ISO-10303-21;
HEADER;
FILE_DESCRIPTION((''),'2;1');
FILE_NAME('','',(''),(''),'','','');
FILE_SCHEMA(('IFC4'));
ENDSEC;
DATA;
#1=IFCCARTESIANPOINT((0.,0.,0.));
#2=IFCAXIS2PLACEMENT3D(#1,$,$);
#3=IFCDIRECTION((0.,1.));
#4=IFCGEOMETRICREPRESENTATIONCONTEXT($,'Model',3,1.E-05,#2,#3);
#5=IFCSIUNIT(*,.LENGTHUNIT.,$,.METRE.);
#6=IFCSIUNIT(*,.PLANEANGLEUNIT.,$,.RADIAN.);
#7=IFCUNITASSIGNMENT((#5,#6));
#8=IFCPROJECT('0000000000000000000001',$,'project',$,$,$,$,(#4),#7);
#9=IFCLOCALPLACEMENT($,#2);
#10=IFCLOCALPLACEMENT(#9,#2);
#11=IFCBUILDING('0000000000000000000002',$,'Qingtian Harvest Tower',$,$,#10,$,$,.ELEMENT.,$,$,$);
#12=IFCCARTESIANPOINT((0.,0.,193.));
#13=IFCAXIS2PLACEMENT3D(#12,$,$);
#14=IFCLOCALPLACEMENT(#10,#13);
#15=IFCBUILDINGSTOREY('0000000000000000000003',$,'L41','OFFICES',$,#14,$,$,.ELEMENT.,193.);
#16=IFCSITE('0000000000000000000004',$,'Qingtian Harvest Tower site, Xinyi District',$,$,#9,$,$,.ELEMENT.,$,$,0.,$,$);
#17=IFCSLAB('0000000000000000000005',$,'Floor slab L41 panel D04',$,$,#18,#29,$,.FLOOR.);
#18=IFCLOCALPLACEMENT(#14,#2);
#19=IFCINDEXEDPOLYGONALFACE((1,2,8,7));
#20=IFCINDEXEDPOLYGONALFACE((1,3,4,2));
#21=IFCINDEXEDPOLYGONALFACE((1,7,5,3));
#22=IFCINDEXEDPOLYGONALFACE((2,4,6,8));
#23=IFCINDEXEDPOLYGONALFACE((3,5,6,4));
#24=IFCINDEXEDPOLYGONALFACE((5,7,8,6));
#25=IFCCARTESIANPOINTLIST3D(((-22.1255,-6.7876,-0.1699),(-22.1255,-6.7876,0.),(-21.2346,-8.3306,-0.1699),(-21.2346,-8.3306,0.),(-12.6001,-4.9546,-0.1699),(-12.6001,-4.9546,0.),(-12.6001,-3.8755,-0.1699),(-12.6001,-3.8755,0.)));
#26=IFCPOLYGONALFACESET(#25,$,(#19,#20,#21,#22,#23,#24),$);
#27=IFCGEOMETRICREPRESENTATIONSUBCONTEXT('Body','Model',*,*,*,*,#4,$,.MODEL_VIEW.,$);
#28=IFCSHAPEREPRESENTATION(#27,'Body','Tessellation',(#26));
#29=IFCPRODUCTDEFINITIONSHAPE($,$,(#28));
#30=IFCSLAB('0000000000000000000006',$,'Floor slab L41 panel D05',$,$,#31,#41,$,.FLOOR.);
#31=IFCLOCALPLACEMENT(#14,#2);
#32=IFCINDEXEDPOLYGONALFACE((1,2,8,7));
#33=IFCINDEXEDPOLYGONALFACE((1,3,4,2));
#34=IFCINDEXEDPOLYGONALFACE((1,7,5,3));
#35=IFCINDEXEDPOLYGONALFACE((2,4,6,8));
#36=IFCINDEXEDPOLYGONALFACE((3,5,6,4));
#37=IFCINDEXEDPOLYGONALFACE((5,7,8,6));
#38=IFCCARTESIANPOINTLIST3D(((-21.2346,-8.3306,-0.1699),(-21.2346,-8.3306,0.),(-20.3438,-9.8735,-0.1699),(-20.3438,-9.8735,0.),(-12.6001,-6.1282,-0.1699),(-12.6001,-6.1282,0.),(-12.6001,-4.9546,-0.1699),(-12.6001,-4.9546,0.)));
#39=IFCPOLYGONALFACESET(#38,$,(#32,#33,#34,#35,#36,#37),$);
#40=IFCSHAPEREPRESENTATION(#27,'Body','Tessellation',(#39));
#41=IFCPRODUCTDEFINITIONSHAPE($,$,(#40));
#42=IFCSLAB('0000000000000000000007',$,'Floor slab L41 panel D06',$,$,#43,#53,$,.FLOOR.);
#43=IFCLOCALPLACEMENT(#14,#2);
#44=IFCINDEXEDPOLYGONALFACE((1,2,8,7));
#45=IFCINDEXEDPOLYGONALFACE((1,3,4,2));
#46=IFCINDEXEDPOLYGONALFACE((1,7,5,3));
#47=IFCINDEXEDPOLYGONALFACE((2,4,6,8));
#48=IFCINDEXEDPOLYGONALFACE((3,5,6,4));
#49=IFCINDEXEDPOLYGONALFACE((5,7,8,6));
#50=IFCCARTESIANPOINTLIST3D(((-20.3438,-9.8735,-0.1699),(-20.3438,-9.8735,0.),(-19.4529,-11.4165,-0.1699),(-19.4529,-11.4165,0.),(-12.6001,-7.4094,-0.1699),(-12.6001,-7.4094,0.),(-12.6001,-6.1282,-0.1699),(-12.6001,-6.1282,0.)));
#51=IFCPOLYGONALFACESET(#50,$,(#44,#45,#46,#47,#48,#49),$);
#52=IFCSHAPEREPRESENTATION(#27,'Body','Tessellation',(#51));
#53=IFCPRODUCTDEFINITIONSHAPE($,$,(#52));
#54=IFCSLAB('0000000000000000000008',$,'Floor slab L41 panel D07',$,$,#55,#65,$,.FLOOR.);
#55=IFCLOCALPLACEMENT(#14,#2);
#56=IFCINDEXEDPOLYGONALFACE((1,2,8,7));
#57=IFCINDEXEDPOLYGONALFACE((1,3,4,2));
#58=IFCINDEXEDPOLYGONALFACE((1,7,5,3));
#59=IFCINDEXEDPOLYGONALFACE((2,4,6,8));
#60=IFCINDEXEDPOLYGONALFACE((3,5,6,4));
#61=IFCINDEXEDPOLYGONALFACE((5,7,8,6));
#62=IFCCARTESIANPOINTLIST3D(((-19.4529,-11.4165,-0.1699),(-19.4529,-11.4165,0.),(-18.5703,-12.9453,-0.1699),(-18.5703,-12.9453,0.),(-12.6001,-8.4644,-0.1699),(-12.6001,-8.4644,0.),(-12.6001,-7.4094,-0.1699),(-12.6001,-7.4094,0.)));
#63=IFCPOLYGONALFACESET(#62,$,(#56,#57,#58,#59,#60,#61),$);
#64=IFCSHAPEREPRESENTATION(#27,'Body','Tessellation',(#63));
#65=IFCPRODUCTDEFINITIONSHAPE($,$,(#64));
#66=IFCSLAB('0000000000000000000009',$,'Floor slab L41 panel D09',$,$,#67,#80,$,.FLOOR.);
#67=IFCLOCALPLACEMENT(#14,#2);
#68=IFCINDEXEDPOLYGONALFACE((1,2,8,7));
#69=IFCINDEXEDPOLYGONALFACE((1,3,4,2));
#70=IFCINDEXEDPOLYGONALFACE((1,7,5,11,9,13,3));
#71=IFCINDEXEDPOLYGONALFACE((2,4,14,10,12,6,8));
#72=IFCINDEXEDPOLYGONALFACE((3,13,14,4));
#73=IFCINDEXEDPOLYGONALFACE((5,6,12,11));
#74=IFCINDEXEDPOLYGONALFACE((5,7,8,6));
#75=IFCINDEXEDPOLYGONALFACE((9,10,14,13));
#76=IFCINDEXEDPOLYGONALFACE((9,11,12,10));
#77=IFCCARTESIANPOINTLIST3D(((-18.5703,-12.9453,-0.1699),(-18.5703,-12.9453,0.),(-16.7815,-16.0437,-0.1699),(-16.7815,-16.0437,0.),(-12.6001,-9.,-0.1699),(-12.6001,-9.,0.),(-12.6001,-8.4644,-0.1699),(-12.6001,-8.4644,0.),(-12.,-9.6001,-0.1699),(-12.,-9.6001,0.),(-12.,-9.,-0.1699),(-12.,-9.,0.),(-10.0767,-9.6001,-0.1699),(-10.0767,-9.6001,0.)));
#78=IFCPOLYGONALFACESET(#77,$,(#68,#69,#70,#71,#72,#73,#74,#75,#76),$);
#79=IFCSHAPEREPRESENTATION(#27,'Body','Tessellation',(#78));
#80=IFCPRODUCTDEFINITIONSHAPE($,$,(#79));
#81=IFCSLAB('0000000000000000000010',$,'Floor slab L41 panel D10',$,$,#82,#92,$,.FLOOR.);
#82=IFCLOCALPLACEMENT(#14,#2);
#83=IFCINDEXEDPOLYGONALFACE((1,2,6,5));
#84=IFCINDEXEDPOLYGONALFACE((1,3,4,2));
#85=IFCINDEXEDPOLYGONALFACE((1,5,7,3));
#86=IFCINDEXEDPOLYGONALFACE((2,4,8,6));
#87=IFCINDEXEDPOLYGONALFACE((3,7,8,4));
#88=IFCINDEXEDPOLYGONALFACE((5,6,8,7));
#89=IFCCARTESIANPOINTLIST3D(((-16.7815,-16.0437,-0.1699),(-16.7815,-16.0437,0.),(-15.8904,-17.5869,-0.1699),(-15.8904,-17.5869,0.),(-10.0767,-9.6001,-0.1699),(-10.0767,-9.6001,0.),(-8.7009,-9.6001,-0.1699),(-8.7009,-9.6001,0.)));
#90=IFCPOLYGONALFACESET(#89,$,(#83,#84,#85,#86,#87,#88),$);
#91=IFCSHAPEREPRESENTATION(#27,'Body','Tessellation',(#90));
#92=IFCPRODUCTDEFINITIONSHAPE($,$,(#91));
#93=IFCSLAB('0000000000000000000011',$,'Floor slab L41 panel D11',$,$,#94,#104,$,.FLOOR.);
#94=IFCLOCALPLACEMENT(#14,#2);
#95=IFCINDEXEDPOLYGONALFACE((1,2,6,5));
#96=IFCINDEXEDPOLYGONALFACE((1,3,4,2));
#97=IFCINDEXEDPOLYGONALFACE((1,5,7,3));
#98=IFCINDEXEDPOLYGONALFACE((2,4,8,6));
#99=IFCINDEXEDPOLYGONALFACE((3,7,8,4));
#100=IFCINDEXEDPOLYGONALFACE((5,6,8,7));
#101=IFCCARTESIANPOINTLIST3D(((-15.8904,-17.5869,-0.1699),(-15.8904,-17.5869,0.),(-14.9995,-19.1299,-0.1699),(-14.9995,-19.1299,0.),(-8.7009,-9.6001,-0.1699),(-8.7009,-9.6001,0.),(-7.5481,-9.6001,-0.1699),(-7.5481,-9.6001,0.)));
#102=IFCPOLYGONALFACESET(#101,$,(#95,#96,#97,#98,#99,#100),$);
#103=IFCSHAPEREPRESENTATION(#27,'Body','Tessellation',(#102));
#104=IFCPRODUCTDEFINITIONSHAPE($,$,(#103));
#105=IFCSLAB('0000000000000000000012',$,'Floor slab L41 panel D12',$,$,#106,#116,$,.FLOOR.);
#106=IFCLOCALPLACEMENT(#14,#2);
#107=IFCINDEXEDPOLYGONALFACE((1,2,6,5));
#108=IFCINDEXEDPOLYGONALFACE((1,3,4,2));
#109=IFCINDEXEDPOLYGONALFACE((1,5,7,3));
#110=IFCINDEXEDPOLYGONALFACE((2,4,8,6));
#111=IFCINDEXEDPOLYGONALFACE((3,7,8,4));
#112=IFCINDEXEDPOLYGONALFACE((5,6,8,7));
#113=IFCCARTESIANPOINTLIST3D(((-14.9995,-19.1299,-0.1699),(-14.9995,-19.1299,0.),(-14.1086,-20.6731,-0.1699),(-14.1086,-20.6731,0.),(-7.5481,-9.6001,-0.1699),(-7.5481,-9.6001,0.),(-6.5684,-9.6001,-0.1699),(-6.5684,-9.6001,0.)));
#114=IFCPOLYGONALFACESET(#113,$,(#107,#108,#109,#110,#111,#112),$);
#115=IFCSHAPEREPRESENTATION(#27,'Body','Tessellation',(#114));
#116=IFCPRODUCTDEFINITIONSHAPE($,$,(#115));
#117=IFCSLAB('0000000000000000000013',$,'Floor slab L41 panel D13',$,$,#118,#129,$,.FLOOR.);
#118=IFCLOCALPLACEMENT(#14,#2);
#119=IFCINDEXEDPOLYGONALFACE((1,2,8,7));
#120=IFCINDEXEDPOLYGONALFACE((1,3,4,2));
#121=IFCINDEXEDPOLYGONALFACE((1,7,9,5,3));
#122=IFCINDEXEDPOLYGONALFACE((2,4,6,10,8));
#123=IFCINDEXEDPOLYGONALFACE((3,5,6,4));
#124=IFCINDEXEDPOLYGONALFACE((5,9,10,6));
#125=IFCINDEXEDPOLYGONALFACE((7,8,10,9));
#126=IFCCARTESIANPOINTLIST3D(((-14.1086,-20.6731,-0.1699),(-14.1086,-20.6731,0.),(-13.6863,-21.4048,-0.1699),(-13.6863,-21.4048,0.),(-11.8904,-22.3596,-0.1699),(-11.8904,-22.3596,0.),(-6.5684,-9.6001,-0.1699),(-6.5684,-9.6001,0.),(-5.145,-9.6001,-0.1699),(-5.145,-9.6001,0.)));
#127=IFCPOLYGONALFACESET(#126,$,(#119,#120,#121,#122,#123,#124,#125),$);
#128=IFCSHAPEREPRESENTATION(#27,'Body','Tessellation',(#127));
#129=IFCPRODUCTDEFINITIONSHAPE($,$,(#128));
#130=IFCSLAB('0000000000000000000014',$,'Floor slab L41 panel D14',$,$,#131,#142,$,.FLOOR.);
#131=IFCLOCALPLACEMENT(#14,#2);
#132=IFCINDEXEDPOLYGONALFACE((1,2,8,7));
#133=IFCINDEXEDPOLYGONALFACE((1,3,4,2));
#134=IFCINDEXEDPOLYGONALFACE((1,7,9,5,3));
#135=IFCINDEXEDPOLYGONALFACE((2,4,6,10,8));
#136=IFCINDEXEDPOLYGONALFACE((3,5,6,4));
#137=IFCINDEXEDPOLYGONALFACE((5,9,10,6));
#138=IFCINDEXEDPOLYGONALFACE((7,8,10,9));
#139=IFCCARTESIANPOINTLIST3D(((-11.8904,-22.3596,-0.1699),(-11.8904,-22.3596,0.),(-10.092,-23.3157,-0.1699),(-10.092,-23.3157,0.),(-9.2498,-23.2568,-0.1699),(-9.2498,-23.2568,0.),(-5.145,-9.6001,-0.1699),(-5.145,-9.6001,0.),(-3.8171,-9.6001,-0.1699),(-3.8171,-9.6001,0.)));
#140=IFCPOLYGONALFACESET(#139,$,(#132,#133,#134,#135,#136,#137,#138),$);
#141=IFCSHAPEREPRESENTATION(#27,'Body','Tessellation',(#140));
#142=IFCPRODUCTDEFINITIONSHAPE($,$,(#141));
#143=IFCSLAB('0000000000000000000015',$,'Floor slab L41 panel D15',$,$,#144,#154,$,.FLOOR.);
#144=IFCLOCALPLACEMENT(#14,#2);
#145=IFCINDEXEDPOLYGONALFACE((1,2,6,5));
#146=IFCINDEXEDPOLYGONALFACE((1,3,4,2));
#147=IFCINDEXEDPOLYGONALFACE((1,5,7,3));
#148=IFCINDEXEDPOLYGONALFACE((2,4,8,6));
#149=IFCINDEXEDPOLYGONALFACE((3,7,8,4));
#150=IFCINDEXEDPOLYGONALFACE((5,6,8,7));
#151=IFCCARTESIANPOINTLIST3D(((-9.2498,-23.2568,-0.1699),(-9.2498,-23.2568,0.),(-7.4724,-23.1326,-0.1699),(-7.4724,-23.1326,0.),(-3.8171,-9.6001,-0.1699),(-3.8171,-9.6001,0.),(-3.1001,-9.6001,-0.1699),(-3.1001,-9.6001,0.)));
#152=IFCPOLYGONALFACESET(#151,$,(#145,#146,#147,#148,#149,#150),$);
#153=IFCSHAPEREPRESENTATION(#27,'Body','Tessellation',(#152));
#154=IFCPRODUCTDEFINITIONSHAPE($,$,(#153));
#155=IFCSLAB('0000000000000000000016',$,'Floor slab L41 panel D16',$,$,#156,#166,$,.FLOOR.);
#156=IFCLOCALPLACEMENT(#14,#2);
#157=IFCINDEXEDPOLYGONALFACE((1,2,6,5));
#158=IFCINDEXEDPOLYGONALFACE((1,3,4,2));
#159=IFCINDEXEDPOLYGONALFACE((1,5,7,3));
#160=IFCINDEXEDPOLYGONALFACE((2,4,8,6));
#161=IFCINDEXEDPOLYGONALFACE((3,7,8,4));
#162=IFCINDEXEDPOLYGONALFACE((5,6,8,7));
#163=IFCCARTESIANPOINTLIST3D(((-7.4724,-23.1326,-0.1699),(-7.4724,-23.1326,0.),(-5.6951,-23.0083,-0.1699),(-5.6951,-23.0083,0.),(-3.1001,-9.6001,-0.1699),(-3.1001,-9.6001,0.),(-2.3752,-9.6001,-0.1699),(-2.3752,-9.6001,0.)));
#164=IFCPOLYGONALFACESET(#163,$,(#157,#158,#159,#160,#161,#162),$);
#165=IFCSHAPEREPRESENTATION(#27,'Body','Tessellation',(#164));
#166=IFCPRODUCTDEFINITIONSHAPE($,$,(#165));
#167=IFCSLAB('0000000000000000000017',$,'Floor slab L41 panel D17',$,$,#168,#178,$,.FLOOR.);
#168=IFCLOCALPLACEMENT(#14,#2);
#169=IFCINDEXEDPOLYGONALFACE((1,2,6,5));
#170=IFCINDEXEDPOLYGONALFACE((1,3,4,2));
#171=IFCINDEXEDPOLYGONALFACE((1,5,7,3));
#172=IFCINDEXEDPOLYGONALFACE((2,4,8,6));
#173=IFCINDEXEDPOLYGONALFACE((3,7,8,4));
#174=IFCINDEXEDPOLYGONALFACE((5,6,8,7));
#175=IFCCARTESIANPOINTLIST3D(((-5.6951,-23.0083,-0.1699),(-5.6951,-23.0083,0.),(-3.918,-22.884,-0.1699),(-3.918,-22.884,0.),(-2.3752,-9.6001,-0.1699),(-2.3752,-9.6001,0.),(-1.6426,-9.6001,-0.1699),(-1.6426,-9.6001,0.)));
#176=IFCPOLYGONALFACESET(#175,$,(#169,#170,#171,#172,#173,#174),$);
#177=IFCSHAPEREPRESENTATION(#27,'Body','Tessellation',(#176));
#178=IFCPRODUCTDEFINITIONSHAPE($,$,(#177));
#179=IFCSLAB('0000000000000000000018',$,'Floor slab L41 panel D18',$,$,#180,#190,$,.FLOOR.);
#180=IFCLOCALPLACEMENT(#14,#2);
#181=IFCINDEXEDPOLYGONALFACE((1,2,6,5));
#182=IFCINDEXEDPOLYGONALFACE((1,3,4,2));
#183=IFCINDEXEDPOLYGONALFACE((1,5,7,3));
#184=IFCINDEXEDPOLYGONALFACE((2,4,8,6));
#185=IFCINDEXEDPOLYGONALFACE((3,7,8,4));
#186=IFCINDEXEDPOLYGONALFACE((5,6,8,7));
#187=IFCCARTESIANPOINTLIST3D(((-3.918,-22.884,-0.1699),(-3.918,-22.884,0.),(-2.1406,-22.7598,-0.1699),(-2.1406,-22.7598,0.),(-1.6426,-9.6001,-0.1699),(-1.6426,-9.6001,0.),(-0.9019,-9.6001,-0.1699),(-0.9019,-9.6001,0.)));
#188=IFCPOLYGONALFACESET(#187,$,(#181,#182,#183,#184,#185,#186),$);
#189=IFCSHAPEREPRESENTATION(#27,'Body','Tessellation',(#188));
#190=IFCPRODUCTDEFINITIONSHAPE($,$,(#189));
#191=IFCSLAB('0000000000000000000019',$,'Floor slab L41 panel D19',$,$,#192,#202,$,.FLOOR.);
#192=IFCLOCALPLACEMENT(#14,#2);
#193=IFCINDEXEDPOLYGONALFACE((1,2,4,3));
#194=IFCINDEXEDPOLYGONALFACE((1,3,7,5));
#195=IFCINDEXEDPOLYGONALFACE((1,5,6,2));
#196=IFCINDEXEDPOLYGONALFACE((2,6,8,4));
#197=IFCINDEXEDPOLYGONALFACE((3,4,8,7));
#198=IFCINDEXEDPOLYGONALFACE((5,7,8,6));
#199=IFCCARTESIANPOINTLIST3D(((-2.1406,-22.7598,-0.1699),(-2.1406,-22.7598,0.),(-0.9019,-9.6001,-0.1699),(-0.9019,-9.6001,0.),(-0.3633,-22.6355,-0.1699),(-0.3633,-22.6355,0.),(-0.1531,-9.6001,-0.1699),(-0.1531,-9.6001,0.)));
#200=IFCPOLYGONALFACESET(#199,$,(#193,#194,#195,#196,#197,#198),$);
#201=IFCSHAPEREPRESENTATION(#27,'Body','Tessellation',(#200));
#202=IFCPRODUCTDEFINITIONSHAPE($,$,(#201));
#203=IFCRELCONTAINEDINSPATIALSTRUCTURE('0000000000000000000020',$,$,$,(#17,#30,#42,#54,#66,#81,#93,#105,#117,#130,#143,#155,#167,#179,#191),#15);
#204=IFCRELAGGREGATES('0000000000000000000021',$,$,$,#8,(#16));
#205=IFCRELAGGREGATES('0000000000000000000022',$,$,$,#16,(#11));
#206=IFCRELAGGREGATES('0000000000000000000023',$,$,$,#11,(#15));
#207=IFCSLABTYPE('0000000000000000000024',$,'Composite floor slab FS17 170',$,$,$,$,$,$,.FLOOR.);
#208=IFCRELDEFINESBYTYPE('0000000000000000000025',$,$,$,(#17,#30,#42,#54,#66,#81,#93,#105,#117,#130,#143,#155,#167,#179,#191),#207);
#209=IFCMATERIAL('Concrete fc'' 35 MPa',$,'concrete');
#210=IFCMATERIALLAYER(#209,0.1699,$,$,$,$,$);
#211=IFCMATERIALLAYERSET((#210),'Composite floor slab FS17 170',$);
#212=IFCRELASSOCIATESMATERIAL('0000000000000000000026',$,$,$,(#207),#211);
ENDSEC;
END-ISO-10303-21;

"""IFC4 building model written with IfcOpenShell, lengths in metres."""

from ifc_helpers import new_model, si_unit, direction, frame, origin, place, context, subcontext, project, spatial, polyline, outline, extrude, material, layer, layer_set, type_object, element, save


model = new_model("IFC4")

# Units and contexts
model_context = context("Model", 3, precision=1e-05, world=origin(), true_north=direction((0.0, 1.0)))
body_context = subcontext(model_context, "Body", "Model", "MODEL_VIEW")
ifc_project = project(units=[si_unit("LENGTHUNIT", "METRE"), si_unit("PLANEANGLEUNIT", "RADIAN")], contexts=[model_context])

# Site, building, storey
site_placement = place(None, origin())
site = spatial("IfcSite", under=ifc_project, at=site_placement, Name="Qingtian Harvest Tower site, Xinyi District", CompositionType="ELEMENT", RefElevation=0.0)
building_placement = place(site_placement, origin())
building = spatial("IfcBuilding", under=site, at=building_placement, Name="Qingtian Harvest Tower", CompositionType="ELEMENT")
storey_placement = place(building_placement, frame((0.0, 0.0, 193.0)))
storey = spatial("IfcBuildingStorey", under=building, at=storey_placement, Name="L41", Description="OFFICES", CompositionType="ELEMENT", Elevation=193.0)

# Slabs
ifc_material = material(Name="Concrete fc' 35 MPa", Category="concrete")
ifc_layer = layer(ifc_material, 0.1699)
ifc_layer_set = layer_set([ifc_layer], Name="Composite floor slab FS17 170")
slab_type = type_object("IfcSlabType", Name="Composite floor slab FS17 170", PredefinedType="FLOOR", material=ifc_layer_set)
slab_1_placement = place(storey_placement, frame((0.0, 0.0, -0.1699)))
element("IfcSlab", 1, at=slab_1_placement, inside=storey, type_object=slab_type, Name="Floor slab L41 panel D04", PredefinedType="FLOOR", context=body_context, shape_type="SweptSolid", body=[
    extrude(outline(polyline([(-12.6001, -4.9546), (-21.2346, -8.3306), (-22.1255, -6.7876), (-12.6001, -3.8755), (-12.6001, -4.9546)])), origin(), (0.0, 0.0, 1.0), 0.1699),
])
slab_2_placement = place(storey_placement, frame((0.0, 0.0, -0.1699)))
element("IfcSlab", 2, at=slab_2_placement, inside=storey, type_object=slab_type, Name="Floor slab L41 panel D05", PredefinedType="FLOOR", context=body_context, shape_type="SweptSolid", body=[
    extrude(outline(polyline([(-12.6001, -6.1282), (-20.3438, -9.8735), (-21.2346, -8.3306), (-12.6001, -4.9546), (-12.6001, -6.1282)])), origin(), (0.0, 0.0, 1.0), 0.1699),
])
slab_3_placement = place(storey_placement, frame((0.0, 0.0, -0.1699)))
element("IfcSlab", 3, at=slab_3_placement, inside=storey, type_object=slab_type, Name="Floor slab L41 panel D06", PredefinedType="FLOOR", context=body_context, shape_type="SweptSolid", body=[
    extrude(outline(polyline([(-12.6001, -7.4094), (-19.4529, -11.4165), (-20.3438, -9.8735), (-12.6001, -6.1282), (-12.6001, -7.4094)])), origin(), (0.0, 0.0, 1.0), 0.1699),
])
slab_4_placement = place(storey_placement, frame((0.0, 0.0, -0.1699)))
element("IfcSlab", 4, at=slab_4_placement, inside=storey, type_object=slab_type, Name="Floor slab L41 panel D07", PredefinedType="FLOOR", context=body_context, shape_type="SweptSolid", body=[
    extrude(outline(polyline([(-12.6001, -8.4644), (-18.5703, -12.9453), (-19.4529, -11.4165), (-12.6001, -7.4094), (-12.6001, -8.4644)])), origin(), (0.0, 0.0, 1.0), 0.1699),
])
slab_5_placement = place(storey_placement, frame((0.0, 0.0, -0.1699)))
element("IfcSlab", 5, at=slab_5_placement, inside=storey, type_object=slab_type, Name="Floor slab L41 panel D09", PredefinedType="FLOOR", context=body_context, shape_type="SweptSolid", body=[
    extrude(outline(polyline([(-16.7815, -16.0437), (-18.5703, -12.9453), (-12.6001, -8.4644), (-12.6001, -9.0), (-12.0, -9.0), (-12.0, -9.6001), (-10.0767, -9.6001), (-16.7815, -16.0437)])), origin(), (0.0, 0.0, 1.0), 0.1699),
])
slab_6_placement = place(storey_placement, frame((0.0, 0.0, -0.1699)))
element("IfcSlab", 6, at=slab_6_placement, inside=storey, type_object=slab_type, Name="Floor slab L41 panel D10", PredefinedType="FLOOR", context=body_context, shape_type="SweptSolid", body=[
    extrude(outline(polyline([(-8.7009, -9.6001), (-15.8904, -17.5869), (-16.7815, -16.0437), (-10.0767, -9.6001), (-8.7009, -9.6001)])), origin(), (0.0, 0.0, 1.0), 0.1699),
])
slab_7_placement = place(storey_placement, frame((0.0, 0.0, -0.1699)))
element("IfcSlab", 7, at=slab_7_placement, inside=storey, type_object=slab_type, Name="Floor slab L41 panel D11", PredefinedType="FLOOR", context=body_context, shape_type="SweptSolid", body=[
    extrude(outline(polyline([(-7.5481, -9.6001), (-14.9995, -19.1299), (-15.8904, -17.5869), (-8.7009, -9.6001), (-7.5481, -9.6001)])), origin(), (0.0, 0.0, 1.0), 0.1699),
])
slab_8_placement = place(storey_placement, frame((0.0, 0.0, -0.1699)))
element("IfcSlab", 8, at=slab_8_placement, inside=storey, type_object=slab_type, Name="Floor slab L41 panel D12", PredefinedType="FLOOR", context=body_context, shape_type="SweptSolid", body=[
    extrude(outline(polyline([(-6.5684, -9.6001), (-14.1086, -20.6731), (-14.9995, -19.1299), (-7.5481, -9.6001), (-6.5684, -9.6001)])), origin(), (0.0, 0.0, 1.0), 0.1699),
])
slab_9_placement = place(storey_placement, frame((0.0, 0.0, -0.1699)))
element("IfcSlab", 9, at=slab_9_placement, inside=storey, type_object=slab_type, Name="Floor slab L41 panel D13", PredefinedType="FLOOR", context=body_context, shape_type="SweptSolid", body=[
    extrude(outline(polyline([(-6.5684, -9.6001), (-5.145, -9.6001), (-11.8904, -22.3596), (-13.6863, -21.4048), (-14.1086, -20.6731), (-6.5684, -9.6001)])), origin(), (0.0, 0.0, 1.0), 0.1699),
])
slab_10_placement = place(storey_placement, frame((0.0, 0.0, -0.1699)))
element("IfcSlab", 10, at=slab_10_placement, inside=storey, type_object=slab_type, Name="Floor slab L41 panel D14", PredefinedType="FLOOR", context=body_context, shape_type="SweptSolid", body=[
    extrude(outline(polyline([(-5.145, -9.6001), (-3.8171, -9.6001), (-9.2498, -23.2568), (-10.092, -23.3157), (-11.8904, -22.3596), (-5.145, -9.6001)])), origin(), (0.0, 0.0, 1.0), 0.1699),
])
slab_11_placement = place(storey_placement, frame((0.0, 0.0, -0.1699)))
element("IfcSlab", 11, at=slab_11_placement, inside=storey, type_object=slab_type, Name="Floor slab L41 panel D15", PredefinedType="FLOOR", context=body_context, shape_type="SweptSolid", body=[
    extrude(outline(polyline([(-3.1001, -9.6001), (-7.4724, -23.1326), (-9.2498, -23.2568), (-3.8171, -9.6001), (-3.1001, -9.6001)])), origin(), (0.0, 0.0, 1.0), 0.1699),
])
slab_12_placement = place(storey_placement, frame((0.0, 0.0, -0.1699)))
element("IfcSlab", 12, at=slab_12_placement, inside=storey, type_object=slab_type, Name="Floor slab L41 panel D16", PredefinedType="FLOOR", context=body_context, shape_type="SweptSolid", body=[
    extrude(outline(polyline([(-2.3752, -9.6001), (-5.6951, -23.0083), (-7.4724, -23.1326), (-3.1001, -9.6001), (-2.3752, -9.6001)])), origin(), (0.0, 0.0, 1.0), 0.1699),
])
slab_13_placement = place(storey_placement, frame((0.0, 0.0, -0.1699)))
element("IfcSlab", 13, at=slab_13_placement, inside=storey, type_object=slab_type, Name="Floor slab L41 panel D17", PredefinedType="FLOOR", context=body_context, shape_type="SweptSolid", body=[
    extrude(outline(polyline([(-1.6426, -9.6001), (-3.918, -22.884), (-5.6951, -23.0083), (-2.3752, -9.6001), (-1.6426, -9.6001)])), origin(), (0.0, 0.0, 1.0), 0.1699),
])
slab_14_placement = place(storey_placement, frame((0.0, 0.0, -0.1699)))
element("IfcSlab", 14, at=slab_14_placement, inside=storey, type_object=slab_type, Name="Floor slab L41 panel D18", PredefinedType="FLOOR", context=body_context, shape_type="SweptSolid", body=[
    extrude(outline(polyline([(-0.9019, -9.6001), (-2.1406, -22.7598), (-3.918, -22.884), (-1.6426, -9.6001), (-0.9019, -9.6001)])), origin(), (0.0, 0.0, 1.0), 0.1699),
])
slab_15_placement = place(storey_placement, frame((0.0, 0.0, -0.1699)))
element("IfcSlab", 15, at=slab_15_placement, inside=storey, type_object=slab_type, Name="Floor slab L41 panel D19", PredefinedType="FLOOR", context=body_context, shape_type="SweptSolid", body=[
    extrude(outline(polyline([(-0.1531, -9.6001), (-0.3633, -22.6355), (-2.1406, -22.7598), (-0.9019, -9.6001), (-0.1531, -9.6001)])), origin(), (0.0, 0.0, 1.0), 0.1699),
])

save(model, "model.ifc")
